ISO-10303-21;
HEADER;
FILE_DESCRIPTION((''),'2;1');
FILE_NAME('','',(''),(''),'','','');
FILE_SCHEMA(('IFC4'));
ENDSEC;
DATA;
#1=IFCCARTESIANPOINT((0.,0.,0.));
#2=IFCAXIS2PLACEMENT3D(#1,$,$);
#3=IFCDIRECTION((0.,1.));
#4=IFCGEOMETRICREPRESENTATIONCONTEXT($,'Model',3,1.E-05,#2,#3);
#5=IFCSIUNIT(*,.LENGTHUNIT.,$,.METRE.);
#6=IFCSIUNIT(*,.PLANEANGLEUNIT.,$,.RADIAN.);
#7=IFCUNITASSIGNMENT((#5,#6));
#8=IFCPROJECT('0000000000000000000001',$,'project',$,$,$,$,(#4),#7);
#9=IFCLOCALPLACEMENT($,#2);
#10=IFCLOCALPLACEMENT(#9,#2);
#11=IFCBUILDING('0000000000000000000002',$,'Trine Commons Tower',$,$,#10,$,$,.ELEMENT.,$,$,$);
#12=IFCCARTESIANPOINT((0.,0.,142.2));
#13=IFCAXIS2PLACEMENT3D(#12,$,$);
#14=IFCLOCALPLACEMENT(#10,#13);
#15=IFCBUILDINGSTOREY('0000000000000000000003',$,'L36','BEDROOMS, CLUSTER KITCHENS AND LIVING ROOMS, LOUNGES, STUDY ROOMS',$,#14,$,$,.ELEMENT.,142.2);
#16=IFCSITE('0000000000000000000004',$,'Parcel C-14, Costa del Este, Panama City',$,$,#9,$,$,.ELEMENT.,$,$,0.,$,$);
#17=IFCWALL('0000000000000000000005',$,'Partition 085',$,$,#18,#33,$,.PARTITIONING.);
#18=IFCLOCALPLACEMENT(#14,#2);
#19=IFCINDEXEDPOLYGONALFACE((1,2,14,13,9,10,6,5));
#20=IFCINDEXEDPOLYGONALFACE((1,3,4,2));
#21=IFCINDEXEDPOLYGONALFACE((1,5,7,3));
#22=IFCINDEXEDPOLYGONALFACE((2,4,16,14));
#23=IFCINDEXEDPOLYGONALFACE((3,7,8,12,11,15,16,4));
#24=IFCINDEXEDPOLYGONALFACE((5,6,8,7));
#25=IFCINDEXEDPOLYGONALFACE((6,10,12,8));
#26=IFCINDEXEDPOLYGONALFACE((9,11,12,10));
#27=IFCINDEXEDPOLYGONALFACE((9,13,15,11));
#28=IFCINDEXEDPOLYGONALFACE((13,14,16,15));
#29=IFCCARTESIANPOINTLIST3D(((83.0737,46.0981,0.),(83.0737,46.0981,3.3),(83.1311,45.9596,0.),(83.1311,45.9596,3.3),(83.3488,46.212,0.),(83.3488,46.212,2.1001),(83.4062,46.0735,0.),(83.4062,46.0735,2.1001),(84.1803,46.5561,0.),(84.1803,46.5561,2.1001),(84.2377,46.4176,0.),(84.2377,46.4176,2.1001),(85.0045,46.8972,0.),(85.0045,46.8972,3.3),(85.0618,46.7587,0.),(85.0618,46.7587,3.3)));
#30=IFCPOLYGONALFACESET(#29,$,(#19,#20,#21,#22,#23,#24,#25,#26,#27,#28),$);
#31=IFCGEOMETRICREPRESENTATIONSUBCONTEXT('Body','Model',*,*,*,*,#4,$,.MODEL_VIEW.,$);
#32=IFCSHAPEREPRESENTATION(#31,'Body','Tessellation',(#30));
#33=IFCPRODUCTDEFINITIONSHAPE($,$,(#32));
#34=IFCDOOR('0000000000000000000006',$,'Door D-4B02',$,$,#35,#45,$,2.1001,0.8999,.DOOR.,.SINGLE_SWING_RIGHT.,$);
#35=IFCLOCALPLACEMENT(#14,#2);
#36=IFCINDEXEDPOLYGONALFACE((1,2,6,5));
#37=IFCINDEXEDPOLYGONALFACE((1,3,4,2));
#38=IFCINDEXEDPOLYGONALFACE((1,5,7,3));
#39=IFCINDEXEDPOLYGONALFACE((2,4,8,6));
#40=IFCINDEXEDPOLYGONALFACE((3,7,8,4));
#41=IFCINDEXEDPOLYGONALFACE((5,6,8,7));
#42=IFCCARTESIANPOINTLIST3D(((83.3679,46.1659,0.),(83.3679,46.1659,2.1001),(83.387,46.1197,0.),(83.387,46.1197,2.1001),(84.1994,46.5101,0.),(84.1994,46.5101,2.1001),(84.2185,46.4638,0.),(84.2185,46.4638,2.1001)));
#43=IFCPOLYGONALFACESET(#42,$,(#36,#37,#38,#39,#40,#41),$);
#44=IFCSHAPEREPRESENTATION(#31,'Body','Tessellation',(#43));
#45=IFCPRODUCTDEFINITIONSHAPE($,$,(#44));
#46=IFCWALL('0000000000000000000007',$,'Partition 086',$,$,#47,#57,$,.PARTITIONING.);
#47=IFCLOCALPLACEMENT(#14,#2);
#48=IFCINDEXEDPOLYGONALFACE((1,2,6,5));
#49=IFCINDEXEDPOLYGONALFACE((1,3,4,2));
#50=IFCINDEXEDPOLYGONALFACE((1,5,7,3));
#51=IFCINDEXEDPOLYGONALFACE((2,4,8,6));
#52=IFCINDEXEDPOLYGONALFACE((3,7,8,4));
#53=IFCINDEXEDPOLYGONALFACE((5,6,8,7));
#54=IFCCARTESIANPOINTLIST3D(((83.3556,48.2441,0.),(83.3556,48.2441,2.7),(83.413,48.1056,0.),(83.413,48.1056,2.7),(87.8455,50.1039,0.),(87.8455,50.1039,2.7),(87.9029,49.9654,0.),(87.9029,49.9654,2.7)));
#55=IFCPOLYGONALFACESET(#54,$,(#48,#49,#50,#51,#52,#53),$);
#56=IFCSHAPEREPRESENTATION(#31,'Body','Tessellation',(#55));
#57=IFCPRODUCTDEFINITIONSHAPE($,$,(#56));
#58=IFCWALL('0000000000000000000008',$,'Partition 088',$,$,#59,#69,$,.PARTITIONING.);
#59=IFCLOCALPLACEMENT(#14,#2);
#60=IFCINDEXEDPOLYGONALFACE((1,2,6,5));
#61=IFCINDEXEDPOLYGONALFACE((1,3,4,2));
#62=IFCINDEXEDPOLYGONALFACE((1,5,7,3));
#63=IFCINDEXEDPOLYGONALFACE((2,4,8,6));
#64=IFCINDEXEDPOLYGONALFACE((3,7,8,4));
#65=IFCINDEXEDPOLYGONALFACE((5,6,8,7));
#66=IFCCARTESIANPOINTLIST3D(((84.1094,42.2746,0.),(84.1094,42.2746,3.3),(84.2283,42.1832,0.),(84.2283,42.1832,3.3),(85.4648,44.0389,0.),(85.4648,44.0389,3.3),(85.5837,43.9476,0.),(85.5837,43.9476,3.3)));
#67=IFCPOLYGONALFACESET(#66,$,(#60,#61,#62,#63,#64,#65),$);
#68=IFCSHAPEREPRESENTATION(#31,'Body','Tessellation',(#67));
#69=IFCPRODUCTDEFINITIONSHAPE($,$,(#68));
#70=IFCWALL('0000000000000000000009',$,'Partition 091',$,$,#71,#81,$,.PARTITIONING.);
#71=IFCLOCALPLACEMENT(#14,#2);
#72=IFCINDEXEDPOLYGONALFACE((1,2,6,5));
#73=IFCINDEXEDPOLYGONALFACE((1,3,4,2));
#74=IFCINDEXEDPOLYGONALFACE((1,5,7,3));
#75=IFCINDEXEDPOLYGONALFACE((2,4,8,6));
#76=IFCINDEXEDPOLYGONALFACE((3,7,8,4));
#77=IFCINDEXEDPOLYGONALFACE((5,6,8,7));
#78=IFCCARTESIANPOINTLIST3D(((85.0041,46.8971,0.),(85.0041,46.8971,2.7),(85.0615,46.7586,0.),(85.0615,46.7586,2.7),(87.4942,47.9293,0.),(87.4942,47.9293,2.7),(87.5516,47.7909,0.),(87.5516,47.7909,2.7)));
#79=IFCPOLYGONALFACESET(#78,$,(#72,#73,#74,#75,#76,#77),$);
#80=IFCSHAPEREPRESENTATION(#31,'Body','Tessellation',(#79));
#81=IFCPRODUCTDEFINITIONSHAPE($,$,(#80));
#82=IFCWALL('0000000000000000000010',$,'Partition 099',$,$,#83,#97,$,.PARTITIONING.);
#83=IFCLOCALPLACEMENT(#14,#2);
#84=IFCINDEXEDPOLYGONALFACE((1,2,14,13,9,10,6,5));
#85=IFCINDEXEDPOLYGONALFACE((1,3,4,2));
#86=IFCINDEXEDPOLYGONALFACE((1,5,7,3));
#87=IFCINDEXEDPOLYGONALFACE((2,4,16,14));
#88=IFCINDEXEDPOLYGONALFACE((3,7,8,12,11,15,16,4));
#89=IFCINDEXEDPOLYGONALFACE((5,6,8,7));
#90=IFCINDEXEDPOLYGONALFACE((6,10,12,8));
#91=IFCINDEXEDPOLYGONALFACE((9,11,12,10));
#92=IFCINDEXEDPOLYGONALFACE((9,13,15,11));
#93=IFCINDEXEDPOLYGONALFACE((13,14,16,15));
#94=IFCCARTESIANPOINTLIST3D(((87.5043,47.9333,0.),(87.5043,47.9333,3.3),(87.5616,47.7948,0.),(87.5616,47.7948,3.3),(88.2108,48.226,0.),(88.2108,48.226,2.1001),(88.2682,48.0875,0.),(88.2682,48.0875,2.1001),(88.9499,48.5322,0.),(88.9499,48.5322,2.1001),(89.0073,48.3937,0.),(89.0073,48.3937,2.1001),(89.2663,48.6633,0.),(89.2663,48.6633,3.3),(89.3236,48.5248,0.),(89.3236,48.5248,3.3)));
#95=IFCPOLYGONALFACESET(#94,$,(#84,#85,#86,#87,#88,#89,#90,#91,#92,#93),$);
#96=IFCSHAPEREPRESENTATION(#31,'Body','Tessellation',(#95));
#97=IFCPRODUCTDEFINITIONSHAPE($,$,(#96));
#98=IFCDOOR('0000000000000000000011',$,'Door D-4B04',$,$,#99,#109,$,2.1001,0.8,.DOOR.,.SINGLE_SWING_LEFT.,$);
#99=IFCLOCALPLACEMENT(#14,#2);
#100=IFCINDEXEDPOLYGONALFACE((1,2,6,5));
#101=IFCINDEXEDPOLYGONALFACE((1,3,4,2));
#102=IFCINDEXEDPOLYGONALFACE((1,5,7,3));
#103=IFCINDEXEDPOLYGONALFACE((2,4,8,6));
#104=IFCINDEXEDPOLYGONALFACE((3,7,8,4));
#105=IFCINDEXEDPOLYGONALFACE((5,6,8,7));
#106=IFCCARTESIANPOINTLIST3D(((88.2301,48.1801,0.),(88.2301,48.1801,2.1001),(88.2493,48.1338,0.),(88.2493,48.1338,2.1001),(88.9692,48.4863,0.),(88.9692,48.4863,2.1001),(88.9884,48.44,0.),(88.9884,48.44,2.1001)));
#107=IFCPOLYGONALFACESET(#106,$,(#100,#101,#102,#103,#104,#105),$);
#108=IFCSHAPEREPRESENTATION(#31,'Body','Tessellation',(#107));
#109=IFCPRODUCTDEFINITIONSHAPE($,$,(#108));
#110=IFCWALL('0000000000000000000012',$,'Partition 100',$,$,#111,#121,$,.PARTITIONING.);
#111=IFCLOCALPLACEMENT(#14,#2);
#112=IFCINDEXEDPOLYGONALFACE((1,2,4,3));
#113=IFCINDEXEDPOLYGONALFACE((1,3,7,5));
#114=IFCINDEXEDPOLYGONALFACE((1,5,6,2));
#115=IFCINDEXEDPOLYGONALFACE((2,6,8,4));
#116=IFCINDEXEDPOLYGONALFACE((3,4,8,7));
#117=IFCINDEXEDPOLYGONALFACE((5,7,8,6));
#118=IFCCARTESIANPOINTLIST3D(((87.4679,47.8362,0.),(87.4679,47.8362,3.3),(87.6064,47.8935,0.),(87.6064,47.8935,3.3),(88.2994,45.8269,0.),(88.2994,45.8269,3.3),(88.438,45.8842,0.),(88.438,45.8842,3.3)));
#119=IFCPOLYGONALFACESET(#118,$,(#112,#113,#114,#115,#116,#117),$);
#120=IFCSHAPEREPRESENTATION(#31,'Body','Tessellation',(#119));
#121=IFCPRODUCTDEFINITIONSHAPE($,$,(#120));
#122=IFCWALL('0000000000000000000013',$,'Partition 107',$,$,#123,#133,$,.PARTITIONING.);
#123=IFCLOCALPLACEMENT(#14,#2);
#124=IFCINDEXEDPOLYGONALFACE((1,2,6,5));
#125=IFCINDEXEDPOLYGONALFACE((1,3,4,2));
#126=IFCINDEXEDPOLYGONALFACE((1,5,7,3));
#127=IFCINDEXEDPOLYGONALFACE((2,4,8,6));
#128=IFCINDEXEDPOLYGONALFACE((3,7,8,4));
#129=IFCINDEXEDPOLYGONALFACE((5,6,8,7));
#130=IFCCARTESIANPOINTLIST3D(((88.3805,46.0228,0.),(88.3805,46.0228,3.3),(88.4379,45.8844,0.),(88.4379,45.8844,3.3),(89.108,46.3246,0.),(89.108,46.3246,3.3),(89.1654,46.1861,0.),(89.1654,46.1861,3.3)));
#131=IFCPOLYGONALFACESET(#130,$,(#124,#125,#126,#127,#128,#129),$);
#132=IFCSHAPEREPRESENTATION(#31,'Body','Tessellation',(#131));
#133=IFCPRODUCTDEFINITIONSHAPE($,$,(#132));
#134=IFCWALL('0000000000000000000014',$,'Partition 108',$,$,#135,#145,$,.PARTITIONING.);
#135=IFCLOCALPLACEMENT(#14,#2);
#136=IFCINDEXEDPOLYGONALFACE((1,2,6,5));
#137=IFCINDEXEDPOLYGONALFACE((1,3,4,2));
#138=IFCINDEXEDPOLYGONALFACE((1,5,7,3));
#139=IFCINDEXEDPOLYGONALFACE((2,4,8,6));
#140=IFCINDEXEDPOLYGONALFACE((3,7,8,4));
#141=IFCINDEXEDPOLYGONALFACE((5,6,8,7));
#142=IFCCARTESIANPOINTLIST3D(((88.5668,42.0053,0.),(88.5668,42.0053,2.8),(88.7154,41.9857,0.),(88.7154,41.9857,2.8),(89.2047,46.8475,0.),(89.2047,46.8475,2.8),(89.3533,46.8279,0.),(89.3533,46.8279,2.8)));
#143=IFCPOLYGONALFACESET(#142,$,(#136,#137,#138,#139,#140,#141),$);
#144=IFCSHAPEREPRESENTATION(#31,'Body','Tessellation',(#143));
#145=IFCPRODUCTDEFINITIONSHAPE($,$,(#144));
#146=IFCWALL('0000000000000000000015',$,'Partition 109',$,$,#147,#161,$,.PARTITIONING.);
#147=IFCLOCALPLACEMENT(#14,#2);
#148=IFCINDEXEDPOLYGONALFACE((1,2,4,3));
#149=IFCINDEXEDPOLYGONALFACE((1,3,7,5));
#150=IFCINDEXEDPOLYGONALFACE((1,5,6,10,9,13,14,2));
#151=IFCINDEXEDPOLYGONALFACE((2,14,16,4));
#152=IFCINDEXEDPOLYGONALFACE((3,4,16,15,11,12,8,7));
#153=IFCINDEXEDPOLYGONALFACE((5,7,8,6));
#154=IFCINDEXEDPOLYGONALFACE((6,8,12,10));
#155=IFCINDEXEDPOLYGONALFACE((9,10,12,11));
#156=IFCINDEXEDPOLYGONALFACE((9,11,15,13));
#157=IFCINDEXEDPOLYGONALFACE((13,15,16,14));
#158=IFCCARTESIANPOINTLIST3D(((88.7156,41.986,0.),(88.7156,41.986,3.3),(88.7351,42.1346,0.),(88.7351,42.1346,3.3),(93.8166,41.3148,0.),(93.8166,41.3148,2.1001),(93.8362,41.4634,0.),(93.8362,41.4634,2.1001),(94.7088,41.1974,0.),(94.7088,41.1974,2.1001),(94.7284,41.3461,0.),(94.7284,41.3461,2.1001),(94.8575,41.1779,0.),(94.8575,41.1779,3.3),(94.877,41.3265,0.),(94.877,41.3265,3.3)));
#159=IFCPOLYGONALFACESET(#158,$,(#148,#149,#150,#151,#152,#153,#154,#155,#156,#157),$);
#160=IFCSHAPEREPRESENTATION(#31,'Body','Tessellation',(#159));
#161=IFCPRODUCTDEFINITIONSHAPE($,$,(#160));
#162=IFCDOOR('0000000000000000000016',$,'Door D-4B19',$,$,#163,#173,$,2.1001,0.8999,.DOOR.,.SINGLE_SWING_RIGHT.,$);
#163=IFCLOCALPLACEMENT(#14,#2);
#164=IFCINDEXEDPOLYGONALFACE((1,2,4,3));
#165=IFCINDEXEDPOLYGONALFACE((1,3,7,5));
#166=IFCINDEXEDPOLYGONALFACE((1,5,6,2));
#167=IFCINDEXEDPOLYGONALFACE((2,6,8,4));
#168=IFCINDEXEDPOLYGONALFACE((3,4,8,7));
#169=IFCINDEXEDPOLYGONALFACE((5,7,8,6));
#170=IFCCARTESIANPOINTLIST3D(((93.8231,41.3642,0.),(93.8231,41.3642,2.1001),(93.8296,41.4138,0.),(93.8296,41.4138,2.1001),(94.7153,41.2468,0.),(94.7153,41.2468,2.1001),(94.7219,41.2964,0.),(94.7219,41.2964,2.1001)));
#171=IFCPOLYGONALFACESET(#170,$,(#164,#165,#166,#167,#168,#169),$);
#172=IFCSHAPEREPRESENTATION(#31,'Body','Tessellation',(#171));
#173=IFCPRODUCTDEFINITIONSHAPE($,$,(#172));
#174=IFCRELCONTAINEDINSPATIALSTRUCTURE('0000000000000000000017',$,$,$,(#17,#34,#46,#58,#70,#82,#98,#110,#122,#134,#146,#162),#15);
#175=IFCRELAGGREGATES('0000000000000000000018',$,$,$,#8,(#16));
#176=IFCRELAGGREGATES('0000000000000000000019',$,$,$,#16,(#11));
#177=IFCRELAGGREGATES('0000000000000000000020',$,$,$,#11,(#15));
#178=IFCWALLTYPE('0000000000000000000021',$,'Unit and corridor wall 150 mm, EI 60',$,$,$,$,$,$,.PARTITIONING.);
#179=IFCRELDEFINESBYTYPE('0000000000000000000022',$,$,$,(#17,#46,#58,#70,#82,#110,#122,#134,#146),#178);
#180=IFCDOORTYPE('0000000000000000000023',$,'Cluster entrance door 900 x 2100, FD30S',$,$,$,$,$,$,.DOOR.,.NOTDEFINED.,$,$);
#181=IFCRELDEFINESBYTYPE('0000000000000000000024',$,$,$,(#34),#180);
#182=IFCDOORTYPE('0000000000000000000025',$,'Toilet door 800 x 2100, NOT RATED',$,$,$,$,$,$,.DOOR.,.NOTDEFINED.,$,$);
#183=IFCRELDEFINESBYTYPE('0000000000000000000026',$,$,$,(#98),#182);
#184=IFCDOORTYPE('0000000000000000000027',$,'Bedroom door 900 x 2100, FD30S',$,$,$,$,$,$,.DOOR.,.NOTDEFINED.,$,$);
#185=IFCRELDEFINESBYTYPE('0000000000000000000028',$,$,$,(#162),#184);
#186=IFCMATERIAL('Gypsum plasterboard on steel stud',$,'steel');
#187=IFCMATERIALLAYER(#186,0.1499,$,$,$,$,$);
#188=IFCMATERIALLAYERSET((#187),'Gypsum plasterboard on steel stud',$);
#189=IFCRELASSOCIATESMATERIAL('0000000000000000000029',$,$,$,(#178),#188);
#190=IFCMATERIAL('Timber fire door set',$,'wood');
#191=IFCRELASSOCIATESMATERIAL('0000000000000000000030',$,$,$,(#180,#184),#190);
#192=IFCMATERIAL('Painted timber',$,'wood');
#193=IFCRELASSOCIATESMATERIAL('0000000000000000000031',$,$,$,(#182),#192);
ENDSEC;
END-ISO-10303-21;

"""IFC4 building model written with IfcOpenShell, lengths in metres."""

from ifc_helpers import new_model, si_unit, direction, frame, frame_2d, origin, place, context, subcontext, project, spatial, rectangle, extrude, material, layer, layer_set, type_object, element, fill, save


model = new_model("IFC4")

# Units and contexts
model_context = context("Model", 3, precision=1e-05, world=origin(), true_north=direction((0.0, 1.0)))
body_context = subcontext(model_context, "Body", "Model", "MODEL_VIEW")
ifc_project = project(units=[si_unit("LENGTHUNIT", "METRE"), si_unit("PLANEANGLEUNIT", "RADIAN")], contexts=[model_context])

# Site, building, storey
site_placement = place(None, origin())
site = spatial("IfcSite", under=ifc_project, at=site_placement, Name="Parcel C-14, Costa del Este, Panama City", CompositionType="ELEMENT", RefElevation=0.0)
building_placement = place(site_placement, origin())
building = spatial("IfcBuilding", under=site, at=building_placement, Name="Trine Commons Tower", CompositionType="ELEMENT")
storey_placement = place(building_placement, frame((0.0, 0.0, 142.2)))
storey = spatial("IfcBuildingStorey", under=building, at=storey_placement, Name="L36", Description="BEDROOMS, CLUSTER KITCHENS AND LIVING ROOMS, LOUNGES, STUDY ROOMS", CompositionType="ELEMENT", Elevation=142.2)

# Wall, opening, door
ifc_material_1 = material(Name="Gypsum plasterboard on steel stud", Category="steel")
ifc_layer_1 = layer(ifc_material_1, 0.1499)
ifc_layer_set_1 = layer_set([ifc_layer_1], Name="Gypsum plasterboard on steel stud")
wall_type_1 = type_object("IfcWallType", Name="Unit and corridor wall 150 mm, EI 60", PredefinedType="PARTITIONING", material=ifc_layer_set_1)
wall_1_placement = place(storey_placement, frame((83.1023, 46.0288, 0.0), z_axis=(0.0, 0.0, 1.0), x_axis=(0.923987, 0.382424, 0.0)))
wall_1 = element("IfcWall", 1, at=wall_1_placement, inside=storey, type_object=wall_type_1, Name="Partition 085", PredefinedType="PARTITIONING", context=body_context, shape_type="SweptSolid", body=[
    extrude(rectangle(XDim=2.0896, YDim=0.1499, at=frame_2d((1.0449, 0.0))), origin(), (0.0, 0.0, 1.0), 3.3),
])
opening_1_placement = place(wall_1_placement, frame((0.2979, 0.0, 0.0)))
opening_1 = element("IfcOpeningElement", 2, at=opening_1_placement, cuts=wall_1, PredefinedType="OPENING", context=body_context, shape_type="SweptSolid", body=[
    extrude(rectangle(XDim=0.8999, YDim=2.1001, at=frame_2d((0.45, 1.05))), frame((0.0, 0.085, 0.0), z_axis=(0.0, -1.0, 0.0), x_axis=(1.0, 0.0, 0.0)), (0.0, 0.0, 1.0), 0.1699),
])
ifc_material_2 = material(Name="Timber fire door set", Category="wood")
door_type_1 = type_object("IfcDoorType", Name="Cluster entrance door 900 x 2100, FD30S", OperationType="NOTDEFINED", PredefinedType="DOOR", material=ifc_material_2)
door_1_placement = place(opening_1_placement, frame((0.8999, 0.0, 0.0), z_axis=(0.0, 0.0, 1.0), x_axis=(-1.0, 0.0, 0.0)))
door_1 = element("IfcDoor", 3, at=door_1_placement, inside=storey, type_object=door_type_1, Name="Door D-4B02", OperationType="SINGLE_SWING_RIGHT", OverallHeight=2.1001, OverallWidth=0.8999, PredefinedType="DOOR", context=body_context, shape_type="SweptSolid", body=[
    extrude(rectangle(XDim=0.8999, YDim=2.1001, at=frame_2d((0.45, 1.05))), frame((0.0, 0.0249, 0.0), z_axis=(0.0, -1.0, 0.0), x_axis=(1.0, 0.0, 0.0)), (0.0, 0.0, 1.0), 0.05),
])
fill(opening_1, door_1)

# Walls
wall_2_placement = place(storey_placement, frame((83.3843, 48.1748, 0.0), z_axis=(0.0, 0.0, 1.0), x_axis=(0.923876, 0.382692, 0.0)))
element("IfcWall", 4, at=wall_2_placement, inside=storey, type_object=wall_type_1, Name="Partition 086", PredefinedType="PARTITIONING", context=body_context, shape_type="SweptSolid", body=[
    extrude(rectangle(XDim=4.8599, YDim=0.1499, at=frame_2d((2.4299, 0.0))), origin(), (0.0, 0.0, 1.0), 2.7),
])
wall_3_placement = place(storey_placement, frame((84.1689, 42.229, 0.0), z_axis=(0.0, 0.0, 1.0), x_axis=(0.609212, 0.793007, 0.0)))
element("IfcWall", 5, at=wall_3_placement, inside=storey, type_object=wall_type_1, Name="Partition 088", PredefinedType="PARTITIONING", context=body_context, shape_type="SweptSolid", body=[
    extrude(rectangle(XDim=2.2249, YDim=0.1499, at=frame_2d((1.1123, 0.0))), origin(), (0.0, 0.0, 1.0), 3.3),
])
wall_4_placement = place(storey_placement, frame((85.033, 46.8279, 0.0), z_axis=(0.0, 0.0, 1.0), x_axis=(0.923769, 0.382949, 0.0)))
element("IfcWall", 6, at=wall_4_placement, inside=storey, type_object=wall_type_1, Name="Partition 091", PredefinedType="PARTITIONING", context=body_context, shape_type="SweptSolid", body=[
    extrude(rectangle(XDim=2.6956, YDim=0.1499, at=frame_2d((1.3477, 0.0))), origin(), (0.0, 0.0, 1.0), 2.7),
])

# Wall, opening, door
wall_5_placement = place(storey_placement, frame((87.533, 47.864, 0.0), z_axis=(0.0, 0.0, 1.0), x_axis=(0.923851, 0.382751, 0.0)))
wall_5 = element("IfcWall", 7, at=wall_5_placement, inside=storey, type_object=wall_type_1, Name="Partition 099", PredefinedType="PARTITIONING", context=body_context, shape_type="SweptSolid", body=[
    extrude(rectangle(XDim=1.9072, YDim=0.1499, at=frame_2d((0.9536, 0.0))), origin(), (0.0, 0.0, 1.0), 3.3),
])
opening_2_placement = place(wall_5_placement, frame((0.7649, 0.0, 0.0)))
opening_2 = element("IfcOpeningElement", 8, at=opening_2_placement, cuts=wall_5, PredefinedType="OPENING", context=body_context, shape_type="SweptSolid", body=[
    extrude(rectangle(XDim=0.8, YDim=2.1001, at=frame_2d((0.3999, 1.05))), frame((0.0, 0.085, 0.0), z_axis=(0.0, -1.0, 0.0), x_axis=(1.0, 0.0, 0.0)), (0.0, 0.0, 1.0), 0.1699),
])
ifc_material_3 = material(Name="Painted timber", Category="wood")
door_type_2 = type_object("IfcDoorType", Name="Toilet door 800 x 2100, NOT RATED", OperationType="NOTDEFINED", PredefinedType="DOOR", material=ifc_material_3)
door_2_placement = place(opening_2_placement, frame((0.8, 0.0, 0.0), z_axis=(0.0, 0.0, 1.0), x_axis=(-1.0, 0.0, 0.0)))
door_2 = element("IfcDoor", 9, at=door_2_placement, inside=storey, type_object=door_type_2, Name="Door D-4B04", OperationType="SINGLE_SWING_LEFT", OverallHeight=2.1001, OverallWidth=0.8, PredefinedType="DOOR", context=body_context, shape_type="SweptSolid", body=[
    extrude(rectangle(XDim=0.8, YDim=2.1001, at=frame_2d((0.3999, 1.05))), frame((0.0, 0.0249, 0.0), z_axis=(0.0, -1.0, 0.0), x_axis=(1.0, 0.0, 0.0)), (0.0, 0.0, 1.0), 0.05),
])
fill(opening_2, door_2)

# Walls
wall_6_placement = place(storey_placement, frame((87.5371, 47.865, 0.0), z_axis=(0.0, 0.0, 1.0), x_axis=(0.382398, -0.923998, 0.0)))
element("IfcWall", 10, at=wall_6_placement, inside=storey, type_object=wall_type_1, Name="Partition 100", PredefinedType="PARTITIONING", context=body_context, shape_type="SweptSolid", body=[
    extrude(rectangle(XDim=2.1746, YDim=0.1499, at=frame_2d((1.0874, 0.0))), origin(), (0.0, 0.0, 1.0), 3.3),
])
wall_7_placement = place(storey_placement, frame((88.4092, 45.9536, 0.0), z_axis=(0.0, 0.0, 1.0), x_axis=(0.923699, 0.383118, 0.0)))
element("IfcWall", 11, at=wall_7_placement, inside=storey, type_object=wall_type_1, Name="Partition 107", PredefinedType="PARTITIONING", context=body_context, shape_type="SweptSolid", body=[
    extrude(rectangle(XDim=0.7876, YDim=0.1499, at=frame_2d((0.3938, 0.0))), origin(), (0.0, 0.0, 1.0), 3.3),
])
wall_8_placement = place(storey_placement, frame((88.6411, 41.9956, 0.0), z_axis=(0.0, 0.0, 1.0), x_axis=(0.130615, 0.991433, 0.0)))
element("IfcWall", 12, at=wall_8_placement, inside=storey, type_object=wall_type_1, Name="Partition 108", PredefinedType="PARTITIONING", context=body_context, shape_type="SweptSolid", body=[
    extrude(rectangle(XDim=4.884, YDim=0.1499, at=frame_2d((2.4419, 0.0))), origin(), (0.0, 0.0, 1.0), 2.8),
])

# Wall, opening, door
wall_9_placement = place(storey_placement, frame((88.7253, 42.0603, 0.0), z_axis=(0.0, 0.0, 1.0), x_axis=(0.991455, -0.130449, 0.0)))
wall_9 = element("IfcWall", 13, at=wall_9_placement, inside=storey, type_object=wall_type_1, Name="Partition 109", PredefinedType="PARTITIONING", context=body_context, shape_type="SweptSolid", body=[
    extrude(rectangle(XDim=6.1948, YDim=0.1499, at=frame_2d((3.0974, 0.0))), origin(), (0.0, 0.0, 1.0), 3.3),
])
opening_3_placement = place(wall_9_placement, frame((5.145, 0.0, 0.0)))
opening_3 = element("IfcOpeningElement", 14, at=opening_3_placement, cuts=wall_9, PredefinedType="OPENING", context=body_context, shape_type="SweptSolid", body=[
    extrude(rectangle(XDim=0.8999, YDim=2.1001, at=frame_2d((0.45, 1.05))), frame((0.0, 0.085, 0.0), z_axis=(0.0, -1.0, 0.0), x_axis=(1.0, 0.0, 0.0)), (0.0, 0.0, 1.0), 0.1699),
])
door_type_3 = type_object("IfcDoorType", Name="Bedroom door 900 x 2100, FD30S", OperationType="NOTDEFINED", PredefinedType="DOOR", material=ifc_material_2)
door_3_placement = place(opening_3_placement, origin())
door_3 = element("IfcDoor", 15, at=door_3_placement, inside=storey, type_object=door_type_3, Name="Door D-4B19", OperationType="SINGLE_SWING_RIGHT", OverallHeight=2.1001, OverallWidth=0.8999, PredefinedType="DOOR", context=body_context, shape_type="SweptSolid", body=[
    extrude(rectangle(XDim=0.8999, YDim=2.1001, at=frame_2d((0.45, 1.05))), frame((0.0, 0.0249, 0.0), z_axis=(0.0, -1.0, 0.0), x_axis=(1.0, 0.0, 0.0)), (0.0, 0.0, 1.0), 0.05),
])
fill(opening_3, door_3)

save(model, "model.ifc")
